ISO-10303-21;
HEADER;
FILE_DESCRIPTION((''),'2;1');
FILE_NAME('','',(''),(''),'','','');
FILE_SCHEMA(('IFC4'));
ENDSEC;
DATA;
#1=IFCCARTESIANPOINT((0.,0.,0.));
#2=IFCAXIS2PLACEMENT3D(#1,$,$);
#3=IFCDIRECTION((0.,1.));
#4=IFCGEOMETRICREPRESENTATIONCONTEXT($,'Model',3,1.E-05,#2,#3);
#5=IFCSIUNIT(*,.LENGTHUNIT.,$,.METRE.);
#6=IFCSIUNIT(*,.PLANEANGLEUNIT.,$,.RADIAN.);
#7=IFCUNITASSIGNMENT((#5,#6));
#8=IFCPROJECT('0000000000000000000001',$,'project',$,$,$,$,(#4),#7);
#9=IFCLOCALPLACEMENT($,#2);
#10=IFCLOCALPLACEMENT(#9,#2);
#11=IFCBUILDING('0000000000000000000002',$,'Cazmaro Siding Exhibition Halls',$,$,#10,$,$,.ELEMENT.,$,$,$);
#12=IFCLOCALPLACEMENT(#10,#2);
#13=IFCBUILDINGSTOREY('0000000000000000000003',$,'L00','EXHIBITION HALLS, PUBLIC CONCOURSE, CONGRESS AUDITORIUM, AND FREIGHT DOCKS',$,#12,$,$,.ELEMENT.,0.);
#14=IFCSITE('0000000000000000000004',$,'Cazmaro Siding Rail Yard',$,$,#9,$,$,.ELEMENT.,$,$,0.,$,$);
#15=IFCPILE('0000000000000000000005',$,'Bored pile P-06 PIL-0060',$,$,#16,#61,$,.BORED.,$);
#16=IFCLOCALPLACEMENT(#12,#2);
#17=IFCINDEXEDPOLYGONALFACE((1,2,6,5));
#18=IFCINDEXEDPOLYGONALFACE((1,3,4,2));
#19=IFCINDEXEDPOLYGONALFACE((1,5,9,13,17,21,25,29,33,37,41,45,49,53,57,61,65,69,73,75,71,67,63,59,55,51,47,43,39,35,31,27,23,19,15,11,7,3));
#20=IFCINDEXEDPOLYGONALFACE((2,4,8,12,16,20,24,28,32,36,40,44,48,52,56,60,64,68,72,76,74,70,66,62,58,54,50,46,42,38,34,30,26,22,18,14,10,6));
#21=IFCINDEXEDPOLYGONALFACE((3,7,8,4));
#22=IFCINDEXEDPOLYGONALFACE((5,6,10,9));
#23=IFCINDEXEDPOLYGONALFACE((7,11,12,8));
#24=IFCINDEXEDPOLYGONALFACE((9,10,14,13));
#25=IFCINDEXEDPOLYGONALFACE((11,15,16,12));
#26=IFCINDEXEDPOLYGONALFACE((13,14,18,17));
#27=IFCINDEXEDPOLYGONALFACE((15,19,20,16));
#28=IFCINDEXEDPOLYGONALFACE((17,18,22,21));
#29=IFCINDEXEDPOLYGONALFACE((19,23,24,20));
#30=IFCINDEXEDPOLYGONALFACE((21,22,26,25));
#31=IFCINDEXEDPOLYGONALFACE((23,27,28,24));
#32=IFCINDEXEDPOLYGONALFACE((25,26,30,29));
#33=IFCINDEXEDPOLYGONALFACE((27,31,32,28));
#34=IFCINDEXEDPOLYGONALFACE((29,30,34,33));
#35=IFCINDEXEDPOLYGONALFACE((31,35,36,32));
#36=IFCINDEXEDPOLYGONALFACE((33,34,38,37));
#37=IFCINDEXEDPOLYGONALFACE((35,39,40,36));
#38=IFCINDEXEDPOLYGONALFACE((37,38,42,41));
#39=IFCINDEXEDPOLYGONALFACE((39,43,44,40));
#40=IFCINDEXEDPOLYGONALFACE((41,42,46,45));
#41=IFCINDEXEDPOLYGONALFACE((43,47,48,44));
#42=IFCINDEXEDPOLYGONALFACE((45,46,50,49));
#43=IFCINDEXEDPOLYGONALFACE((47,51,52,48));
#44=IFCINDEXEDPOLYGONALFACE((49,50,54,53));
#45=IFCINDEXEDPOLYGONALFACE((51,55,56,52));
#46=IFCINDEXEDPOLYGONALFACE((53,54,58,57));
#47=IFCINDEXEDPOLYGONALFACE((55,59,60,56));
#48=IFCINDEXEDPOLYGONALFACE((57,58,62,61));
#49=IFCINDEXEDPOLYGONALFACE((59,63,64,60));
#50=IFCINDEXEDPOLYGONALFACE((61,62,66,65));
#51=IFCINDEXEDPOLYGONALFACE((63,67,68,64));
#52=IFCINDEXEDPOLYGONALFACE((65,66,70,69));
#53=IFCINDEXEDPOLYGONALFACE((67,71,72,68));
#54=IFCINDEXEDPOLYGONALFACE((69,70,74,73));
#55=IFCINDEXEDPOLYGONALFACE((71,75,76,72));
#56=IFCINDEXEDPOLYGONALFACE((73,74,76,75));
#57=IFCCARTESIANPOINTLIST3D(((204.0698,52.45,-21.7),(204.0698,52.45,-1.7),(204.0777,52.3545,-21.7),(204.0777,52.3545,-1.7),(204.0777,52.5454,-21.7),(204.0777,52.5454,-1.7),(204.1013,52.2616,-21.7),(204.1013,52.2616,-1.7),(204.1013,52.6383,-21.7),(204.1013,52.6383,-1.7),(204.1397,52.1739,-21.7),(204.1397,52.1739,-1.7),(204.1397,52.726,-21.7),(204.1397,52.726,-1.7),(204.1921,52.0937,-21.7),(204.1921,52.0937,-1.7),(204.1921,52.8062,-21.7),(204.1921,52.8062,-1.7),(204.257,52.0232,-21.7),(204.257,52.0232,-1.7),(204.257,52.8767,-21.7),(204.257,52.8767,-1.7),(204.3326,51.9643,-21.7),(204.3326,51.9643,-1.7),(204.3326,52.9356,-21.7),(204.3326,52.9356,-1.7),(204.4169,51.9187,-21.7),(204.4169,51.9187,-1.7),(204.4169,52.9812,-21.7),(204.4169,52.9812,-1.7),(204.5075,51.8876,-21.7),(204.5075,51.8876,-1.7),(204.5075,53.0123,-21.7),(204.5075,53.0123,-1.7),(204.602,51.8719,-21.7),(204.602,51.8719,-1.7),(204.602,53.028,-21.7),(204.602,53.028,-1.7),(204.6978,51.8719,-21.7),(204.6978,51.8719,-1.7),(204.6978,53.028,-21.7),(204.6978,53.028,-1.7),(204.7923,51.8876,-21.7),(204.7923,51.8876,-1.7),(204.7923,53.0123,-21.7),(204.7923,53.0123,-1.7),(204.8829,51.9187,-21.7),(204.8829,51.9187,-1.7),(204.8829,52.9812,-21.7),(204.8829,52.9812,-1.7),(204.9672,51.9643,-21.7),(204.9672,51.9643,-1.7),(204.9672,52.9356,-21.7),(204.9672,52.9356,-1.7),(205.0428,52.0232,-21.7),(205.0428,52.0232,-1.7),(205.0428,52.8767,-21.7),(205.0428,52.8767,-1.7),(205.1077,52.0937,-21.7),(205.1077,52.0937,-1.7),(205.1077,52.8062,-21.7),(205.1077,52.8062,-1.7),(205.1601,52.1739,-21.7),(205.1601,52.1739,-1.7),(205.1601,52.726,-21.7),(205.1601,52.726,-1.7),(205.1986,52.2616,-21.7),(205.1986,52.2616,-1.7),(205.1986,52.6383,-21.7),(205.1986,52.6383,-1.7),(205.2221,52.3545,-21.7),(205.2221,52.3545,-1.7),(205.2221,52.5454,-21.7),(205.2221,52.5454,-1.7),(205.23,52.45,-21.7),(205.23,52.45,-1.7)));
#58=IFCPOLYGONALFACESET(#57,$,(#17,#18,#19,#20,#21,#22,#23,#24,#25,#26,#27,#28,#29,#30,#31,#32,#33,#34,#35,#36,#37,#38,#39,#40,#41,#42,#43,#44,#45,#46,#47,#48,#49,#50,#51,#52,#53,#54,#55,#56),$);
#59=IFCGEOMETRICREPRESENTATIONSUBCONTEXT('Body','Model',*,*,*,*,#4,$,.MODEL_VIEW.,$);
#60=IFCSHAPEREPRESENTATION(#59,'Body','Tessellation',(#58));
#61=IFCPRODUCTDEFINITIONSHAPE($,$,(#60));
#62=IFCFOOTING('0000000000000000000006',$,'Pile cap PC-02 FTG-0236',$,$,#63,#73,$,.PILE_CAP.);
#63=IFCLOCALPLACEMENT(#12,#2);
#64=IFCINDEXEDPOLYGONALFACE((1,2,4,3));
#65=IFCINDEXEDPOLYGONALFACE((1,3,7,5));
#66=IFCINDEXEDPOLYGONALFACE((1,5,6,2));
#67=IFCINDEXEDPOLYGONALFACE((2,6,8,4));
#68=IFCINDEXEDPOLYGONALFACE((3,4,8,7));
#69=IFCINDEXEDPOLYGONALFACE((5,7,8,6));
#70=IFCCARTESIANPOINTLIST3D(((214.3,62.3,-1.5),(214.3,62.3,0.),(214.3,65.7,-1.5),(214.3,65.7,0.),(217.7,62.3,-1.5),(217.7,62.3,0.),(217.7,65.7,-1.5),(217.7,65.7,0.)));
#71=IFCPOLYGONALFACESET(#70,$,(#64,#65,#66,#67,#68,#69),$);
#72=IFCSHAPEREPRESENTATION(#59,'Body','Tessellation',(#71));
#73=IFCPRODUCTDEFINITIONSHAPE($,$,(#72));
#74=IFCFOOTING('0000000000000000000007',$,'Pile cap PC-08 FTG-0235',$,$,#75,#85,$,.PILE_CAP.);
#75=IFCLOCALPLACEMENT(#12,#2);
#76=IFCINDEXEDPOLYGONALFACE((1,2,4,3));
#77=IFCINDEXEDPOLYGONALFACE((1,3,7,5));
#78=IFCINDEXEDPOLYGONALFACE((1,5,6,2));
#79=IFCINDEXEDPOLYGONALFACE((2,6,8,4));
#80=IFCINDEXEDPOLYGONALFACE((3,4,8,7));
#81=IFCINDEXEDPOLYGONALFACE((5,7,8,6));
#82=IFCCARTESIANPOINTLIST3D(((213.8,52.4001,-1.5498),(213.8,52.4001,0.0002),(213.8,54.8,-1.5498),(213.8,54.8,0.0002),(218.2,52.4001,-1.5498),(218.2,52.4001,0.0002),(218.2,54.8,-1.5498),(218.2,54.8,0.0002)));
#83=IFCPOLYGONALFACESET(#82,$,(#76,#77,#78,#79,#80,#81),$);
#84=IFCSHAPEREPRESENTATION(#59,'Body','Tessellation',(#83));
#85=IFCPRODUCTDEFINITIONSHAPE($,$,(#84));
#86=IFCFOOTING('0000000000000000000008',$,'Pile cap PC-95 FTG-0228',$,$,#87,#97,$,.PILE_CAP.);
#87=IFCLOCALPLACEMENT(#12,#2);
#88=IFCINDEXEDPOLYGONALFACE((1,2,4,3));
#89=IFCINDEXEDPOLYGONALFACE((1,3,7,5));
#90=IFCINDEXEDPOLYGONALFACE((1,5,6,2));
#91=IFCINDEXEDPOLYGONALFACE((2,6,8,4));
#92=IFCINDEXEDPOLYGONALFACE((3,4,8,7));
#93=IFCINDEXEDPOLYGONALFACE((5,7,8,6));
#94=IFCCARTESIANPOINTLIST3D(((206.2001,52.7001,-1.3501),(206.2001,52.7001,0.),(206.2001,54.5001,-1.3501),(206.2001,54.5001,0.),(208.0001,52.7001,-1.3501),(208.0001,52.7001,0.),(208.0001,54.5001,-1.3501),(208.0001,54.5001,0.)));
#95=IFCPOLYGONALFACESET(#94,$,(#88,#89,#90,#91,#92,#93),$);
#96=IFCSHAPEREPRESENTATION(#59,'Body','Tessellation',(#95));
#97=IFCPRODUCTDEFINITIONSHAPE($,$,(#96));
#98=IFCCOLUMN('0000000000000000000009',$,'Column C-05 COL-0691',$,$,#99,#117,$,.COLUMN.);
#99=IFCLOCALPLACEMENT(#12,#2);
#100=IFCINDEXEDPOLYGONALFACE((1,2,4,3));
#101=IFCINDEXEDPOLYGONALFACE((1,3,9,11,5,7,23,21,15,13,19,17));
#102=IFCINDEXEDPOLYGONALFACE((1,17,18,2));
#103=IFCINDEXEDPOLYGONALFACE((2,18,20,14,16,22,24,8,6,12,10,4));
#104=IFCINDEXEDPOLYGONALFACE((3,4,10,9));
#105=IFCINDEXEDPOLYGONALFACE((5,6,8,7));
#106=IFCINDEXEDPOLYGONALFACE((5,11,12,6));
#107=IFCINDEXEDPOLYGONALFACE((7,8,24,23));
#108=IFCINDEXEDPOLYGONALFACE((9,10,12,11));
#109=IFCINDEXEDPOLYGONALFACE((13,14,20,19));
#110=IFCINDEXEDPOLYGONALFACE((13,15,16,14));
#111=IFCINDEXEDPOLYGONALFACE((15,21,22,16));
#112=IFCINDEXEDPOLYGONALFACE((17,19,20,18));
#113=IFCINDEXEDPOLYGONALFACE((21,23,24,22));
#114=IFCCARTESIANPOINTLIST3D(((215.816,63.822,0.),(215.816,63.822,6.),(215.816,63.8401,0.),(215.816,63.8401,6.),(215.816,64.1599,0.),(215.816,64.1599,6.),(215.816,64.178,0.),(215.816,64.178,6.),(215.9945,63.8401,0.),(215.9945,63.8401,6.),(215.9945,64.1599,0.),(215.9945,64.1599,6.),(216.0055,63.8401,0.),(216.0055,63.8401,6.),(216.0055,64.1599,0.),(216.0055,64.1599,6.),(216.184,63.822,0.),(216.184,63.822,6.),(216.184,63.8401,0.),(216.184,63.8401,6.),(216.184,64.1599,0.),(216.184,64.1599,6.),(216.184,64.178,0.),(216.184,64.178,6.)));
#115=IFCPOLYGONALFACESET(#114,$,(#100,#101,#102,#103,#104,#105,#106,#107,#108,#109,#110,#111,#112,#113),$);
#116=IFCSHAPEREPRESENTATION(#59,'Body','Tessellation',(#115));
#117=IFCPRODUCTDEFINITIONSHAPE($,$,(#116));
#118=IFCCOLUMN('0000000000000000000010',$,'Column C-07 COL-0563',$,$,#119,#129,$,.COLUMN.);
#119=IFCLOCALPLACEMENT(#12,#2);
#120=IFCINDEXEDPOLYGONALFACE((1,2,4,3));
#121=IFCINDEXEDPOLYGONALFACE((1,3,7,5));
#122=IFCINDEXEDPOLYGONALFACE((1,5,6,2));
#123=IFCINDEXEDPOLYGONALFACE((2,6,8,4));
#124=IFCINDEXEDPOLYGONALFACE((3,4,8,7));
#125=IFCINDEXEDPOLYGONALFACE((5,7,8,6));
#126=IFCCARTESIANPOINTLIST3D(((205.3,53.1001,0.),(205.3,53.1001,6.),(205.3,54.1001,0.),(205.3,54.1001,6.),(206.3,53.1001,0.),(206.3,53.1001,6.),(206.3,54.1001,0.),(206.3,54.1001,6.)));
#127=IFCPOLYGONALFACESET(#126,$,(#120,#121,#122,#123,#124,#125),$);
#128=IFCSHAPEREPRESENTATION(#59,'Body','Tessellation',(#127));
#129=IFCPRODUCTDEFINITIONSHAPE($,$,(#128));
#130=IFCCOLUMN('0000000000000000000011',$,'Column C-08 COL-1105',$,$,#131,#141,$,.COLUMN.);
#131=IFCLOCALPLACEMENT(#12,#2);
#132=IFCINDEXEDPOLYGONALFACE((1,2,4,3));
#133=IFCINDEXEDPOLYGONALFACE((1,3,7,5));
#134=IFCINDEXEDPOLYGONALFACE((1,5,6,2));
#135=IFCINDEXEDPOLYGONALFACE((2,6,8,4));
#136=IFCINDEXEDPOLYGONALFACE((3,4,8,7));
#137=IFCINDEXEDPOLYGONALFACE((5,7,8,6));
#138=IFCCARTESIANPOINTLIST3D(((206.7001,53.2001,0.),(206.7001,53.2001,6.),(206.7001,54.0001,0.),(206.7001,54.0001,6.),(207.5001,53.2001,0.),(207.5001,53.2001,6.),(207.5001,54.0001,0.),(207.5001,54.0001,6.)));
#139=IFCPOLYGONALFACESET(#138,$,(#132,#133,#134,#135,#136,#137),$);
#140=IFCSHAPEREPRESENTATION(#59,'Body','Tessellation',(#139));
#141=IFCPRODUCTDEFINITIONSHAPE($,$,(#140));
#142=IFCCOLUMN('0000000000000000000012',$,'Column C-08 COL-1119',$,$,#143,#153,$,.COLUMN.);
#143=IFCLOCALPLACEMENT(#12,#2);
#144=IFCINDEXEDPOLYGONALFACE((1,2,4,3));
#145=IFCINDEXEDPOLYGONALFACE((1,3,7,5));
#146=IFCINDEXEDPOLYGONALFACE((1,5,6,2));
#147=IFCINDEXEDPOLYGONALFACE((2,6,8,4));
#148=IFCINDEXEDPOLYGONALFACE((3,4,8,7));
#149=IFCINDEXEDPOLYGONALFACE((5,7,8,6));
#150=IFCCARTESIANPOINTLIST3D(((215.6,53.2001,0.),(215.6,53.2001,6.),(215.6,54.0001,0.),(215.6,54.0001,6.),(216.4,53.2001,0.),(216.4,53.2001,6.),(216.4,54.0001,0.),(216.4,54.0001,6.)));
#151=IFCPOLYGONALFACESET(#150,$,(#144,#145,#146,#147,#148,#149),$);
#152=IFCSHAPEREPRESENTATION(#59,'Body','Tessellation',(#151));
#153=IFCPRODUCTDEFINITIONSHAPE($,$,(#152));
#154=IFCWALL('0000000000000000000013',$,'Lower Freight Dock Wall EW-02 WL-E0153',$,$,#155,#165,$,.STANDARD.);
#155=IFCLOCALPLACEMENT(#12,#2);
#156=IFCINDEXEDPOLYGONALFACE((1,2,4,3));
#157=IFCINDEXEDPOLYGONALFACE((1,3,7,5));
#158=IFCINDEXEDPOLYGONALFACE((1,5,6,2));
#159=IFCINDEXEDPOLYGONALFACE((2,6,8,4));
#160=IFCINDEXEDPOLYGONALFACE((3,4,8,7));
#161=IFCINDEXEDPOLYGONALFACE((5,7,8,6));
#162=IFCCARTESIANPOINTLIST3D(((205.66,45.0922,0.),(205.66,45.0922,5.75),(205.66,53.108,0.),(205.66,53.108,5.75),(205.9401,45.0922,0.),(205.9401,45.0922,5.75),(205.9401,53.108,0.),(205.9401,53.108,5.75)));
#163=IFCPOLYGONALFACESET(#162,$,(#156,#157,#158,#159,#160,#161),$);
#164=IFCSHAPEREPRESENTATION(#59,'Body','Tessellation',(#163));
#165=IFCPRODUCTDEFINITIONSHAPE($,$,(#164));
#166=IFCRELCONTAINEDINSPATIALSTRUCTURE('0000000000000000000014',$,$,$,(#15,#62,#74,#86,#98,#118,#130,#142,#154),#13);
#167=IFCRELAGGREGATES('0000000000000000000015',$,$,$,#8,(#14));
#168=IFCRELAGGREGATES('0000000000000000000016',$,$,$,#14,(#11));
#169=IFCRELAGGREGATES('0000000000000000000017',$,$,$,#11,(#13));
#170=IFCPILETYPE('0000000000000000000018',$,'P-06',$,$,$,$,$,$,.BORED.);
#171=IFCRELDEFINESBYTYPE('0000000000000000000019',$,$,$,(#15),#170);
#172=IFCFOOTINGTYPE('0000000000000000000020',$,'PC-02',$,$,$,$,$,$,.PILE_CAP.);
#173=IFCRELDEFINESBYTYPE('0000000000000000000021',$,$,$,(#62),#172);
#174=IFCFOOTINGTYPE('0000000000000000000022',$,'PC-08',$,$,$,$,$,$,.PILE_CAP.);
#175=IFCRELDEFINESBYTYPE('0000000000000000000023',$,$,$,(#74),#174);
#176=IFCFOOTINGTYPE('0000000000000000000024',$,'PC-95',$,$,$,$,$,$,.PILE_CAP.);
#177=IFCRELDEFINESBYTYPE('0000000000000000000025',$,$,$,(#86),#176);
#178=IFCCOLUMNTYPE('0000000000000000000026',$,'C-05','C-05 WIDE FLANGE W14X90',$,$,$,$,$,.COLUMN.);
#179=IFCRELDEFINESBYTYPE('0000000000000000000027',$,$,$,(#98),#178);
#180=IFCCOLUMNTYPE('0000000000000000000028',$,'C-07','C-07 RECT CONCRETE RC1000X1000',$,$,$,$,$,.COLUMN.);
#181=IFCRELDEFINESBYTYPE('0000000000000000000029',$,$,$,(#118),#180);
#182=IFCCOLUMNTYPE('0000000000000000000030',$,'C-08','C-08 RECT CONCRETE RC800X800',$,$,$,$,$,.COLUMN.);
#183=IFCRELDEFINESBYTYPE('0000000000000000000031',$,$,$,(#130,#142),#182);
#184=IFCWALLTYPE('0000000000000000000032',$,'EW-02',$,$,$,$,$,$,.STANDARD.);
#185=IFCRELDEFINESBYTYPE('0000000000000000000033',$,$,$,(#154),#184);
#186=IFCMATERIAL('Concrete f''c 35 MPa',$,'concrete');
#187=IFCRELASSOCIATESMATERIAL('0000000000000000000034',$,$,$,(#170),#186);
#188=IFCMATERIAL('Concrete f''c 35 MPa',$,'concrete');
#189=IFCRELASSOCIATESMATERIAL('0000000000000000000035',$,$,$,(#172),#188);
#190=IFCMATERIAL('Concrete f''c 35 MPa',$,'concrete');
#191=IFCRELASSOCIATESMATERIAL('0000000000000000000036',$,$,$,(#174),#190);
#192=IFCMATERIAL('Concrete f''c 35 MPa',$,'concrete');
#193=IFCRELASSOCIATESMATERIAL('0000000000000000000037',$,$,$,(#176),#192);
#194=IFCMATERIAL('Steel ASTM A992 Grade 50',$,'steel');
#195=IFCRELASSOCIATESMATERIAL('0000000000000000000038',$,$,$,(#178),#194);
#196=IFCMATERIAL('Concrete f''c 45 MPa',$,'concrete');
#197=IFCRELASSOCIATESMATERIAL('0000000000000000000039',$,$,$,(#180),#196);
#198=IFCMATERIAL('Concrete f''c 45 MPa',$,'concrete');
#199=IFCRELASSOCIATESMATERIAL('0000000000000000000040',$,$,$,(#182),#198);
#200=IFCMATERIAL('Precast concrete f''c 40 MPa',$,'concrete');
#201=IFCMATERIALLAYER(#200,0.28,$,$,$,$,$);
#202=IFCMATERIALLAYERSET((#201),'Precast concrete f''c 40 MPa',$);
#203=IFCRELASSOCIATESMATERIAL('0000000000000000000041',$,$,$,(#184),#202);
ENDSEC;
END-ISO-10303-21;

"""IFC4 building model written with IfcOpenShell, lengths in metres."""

from ifc_helpers import new_model, si_unit, direction, frame, frame_2d, origin, origin_2d, place, context, subcontext, project, spatial, rectangle, circle, i_section, extrude, material, layer, layer_set, material_profile, profile_set, type_object, element, save


model = new_model("IFC4")

# Units and contexts
model_context = context("Model", 3, precision=1e-05, world=origin(), true_north=direction((0.0, 1.0)))
body_context = subcontext(model_context, "Body", "Model", "MODEL_VIEW")
ifc_project = project(units=[si_unit("LENGTHUNIT", "METRE"), si_unit("PLANEANGLEUNIT", "RADIAN")], contexts=[model_context])

# Site, building, storey
site_placement = place(None, origin())
site = spatial("IfcSite", under=ifc_project, at=site_placement, Name="Cazmaro Siding Rail Yard", CompositionType="ELEMENT", RefElevation=0.0)
building_placement = place(site_placement, origin())
building = spatial("IfcBuilding", under=site, at=building_placement, Name="Cazmaro Siding Exhibition Halls", CompositionType="ELEMENT")
storey_placement = place(building_placement, origin())
storey = spatial("IfcBuildingStorey", under=building, at=storey_placement, Name="L00", Description="EXHIBITION HALLS, PUBLIC CONCOURSE, CONGRESS AUDITORIUM, AND FREIGHT DOCKS", CompositionType="ELEMENT", Elevation=0.0)

# Pile
ifc_material_1 = material(Name="Concrete f'c 35 MPa", Category="concrete")
ifc_material_profile_1 = material_profile(ifc_material_1, circle(Radius=0.5801, at=origin_2d()), Name="CIDH-1160")
ifc_profile_set_1 = profile_set([ifc_material_profile_1], Name="Concrete f'c 35 MPa")
pile_type_1 = type_object("IfcPileType", Name="P-06", PredefinedType="BORED", material=ifc_profile_set_1)
for number, where, z_axis, x_axis, name in (
    (1, (204.6499, 52.45, -1.7), (0.0, 0.0, -1.0), (1.0, 0.0, 0.0), "Bored pile P-06 PIL-0060"),
):
    element("IfcPile", number, at=place(storey_placement, frame(where, z_axis=z_axis, x_axis=x_axis)), inside=storey, type_object=pile_type_1, Name=name, PredefinedType="BORED", context=body_context, shape_type="SweptSolid", body=[
        extrude(circle(Radius=0.5801, at=origin_2d()), origin(), (0.0, 0.0, 1.0), 20.0),
    ])

# Footings
ifc_material_2 = material(Name="Concrete f'c 35 MPa", Category="concrete")
footing_type_1 = type_object("IfcFootingType", Name="PC-02", PredefinedType="PILE_CAP", material=ifc_material_2)
footing_1_placement = place(storey_placement, frame((216.0, 64.0, -1.5), z_axis=(0.0, 0.0, 1.0), x_axis=(1.0, 0.0, 0.0)))
element("IfcFooting", 2, at=footing_1_placement, inside=storey, type_object=footing_type_1, Name="Pile cap PC-02 FTG-0236", PredefinedType="PILE_CAP", context=body_context, shape_type="SweptSolid", body=[
    extrude(rectangle(XDim=3.3999, YDim=3.3999, at=origin_2d()), origin(), (0.0, 0.0, 1.0), 1.5),
])
ifc_material_3 = material(Name="Concrete f'c 35 MPa", Category="concrete")
footing_type_2 = type_object("IfcFootingType", Name="PC-08", PredefinedType="PILE_CAP", material=ifc_material_3)
footing_2_placement = place(storey_placement, frame((216.0, 53.6001, -1.5498), z_axis=(0.0, 0.0, 1.0), x_axis=(1.0, 0.0, 0.0)))
element("IfcFooting", 3, at=footing_2_placement, inside=storey, type_object=footing_type_2, Name="Pile cap PC-08 FTG-0235", PredefinedType="PILE_CAP", context=body_context, shape_type="SweptSolid", body=[
    extrude(rectangle(XDim=4.3999, YDim=2.3999, at=origin_2d()), origin(), (0.0, 0.0, 1.0), 1.55),
])
ifc_material_4 = material(Name="Concrete f'c 35 MPa", Category="concrete")
footing_type_3 = type_object("IfcFootingType", Name="PC-95", PredefinedType="PILE_CAP", material=ifc_material_4)
footing_3_placement = place(storey_placement, frame((207.1001, 53.6001, -1.3501), z_axis=(0.0, 0.0, 1.0), x_axis=(1.0, 0.0, 0.0)))
element("IfcFooting", 4, at=footing_3_placement, inside=storey, type_object=footing_type_3, Name="Pile cap PC-95 FTG-0228", PredefinedType="PILE_CAP", context=body_context, shape_type="SweptSolid", body=[
    extrude(rectangle(XDim=1.8, YDim=1.8, at=origin_2d()), origin(), (0.0, 0.0, 1.0), 1.3501),
])

# Columns
ifc_material_5 = material(Name="Steel ASTM A992 Grade 50", Category="steel")
ifc_material_profile_2 = material_profile(ifc_material_5, i_section(OverallWidth=0.3679, OverallDepth=0.356, WebThickness=0.011, FlangeThickness=0.0181, at=origin_2d()), Name="W14X90")
ifc_profile_set_2 = profile_set([ifc_material_profile_2], Name="Steel ASTM A992 Grade 50")
column_type_1 = type_object("IfcColumnType", Name="C-05", Description="C-05 WIDE FLANGE W14X90", PredefinedType="COLUMN", material=ifc_profile_set_2)
column_1_placement = place(storey_placement, frame((216.0, 64.0, 0.0), z_axis=(0.0, 0.0, 1.0), x_axis=(1.0, 0.0, 0.0)))
element("IfcColumn", 5, at=column_1_placement, inside=storey, type_object=column_type_1, Name="Column C-05 COL-0691", PredefinedType="COLUMN", context=body_context, shape_type="SweptSolid", body=[
    extrude(i_section(OverallWidth=0.3679, OverallDepth=0.356, WebThickness=0.011, FlangeThickness=0.0181, at=origin_2d()), origin(), (0.0, 0.0, 1.0), 6.0),
])
ifc_material_6 = material(Name="Concrete f'c 45 MPa", Category="concrete")
ifc_material_profile_3 = material_profile(ifc_material_6, rectangle(XDim=1.0, YDim=1.0, at=origin_2d()), Name="RC1000X1000")
ifc_profile_set_3 = profile_set([ifc_material_profile_3], Name="Concrete f'c 45 MPa")
column_type_2 = type_object("IfcColumnType", Name="C-07", Description="C-07 RECT CONCRETE RC1000X1000", PredefinedType="COLUMN", material=ifc_profile_set_3)
column_2_placement = place(storey_placement, frame((205.8, 53.6001, 0.0), z_axis=(0.0, 0.0, 1.0), x_axis=(1.0, 0.0, 0.0)))
element("IfcColumn", 6, at=column_2_placement, inside=storey, type_object=column_type_2, Name="Column C-07 COL-0563", PredefinedType="COLUMN", context=body_context, shape_type="SweptSolid", body=[
    extrude(rectangle(XDim=1.0, YDim=1.0, at=origin_2d()), origin(), (0.0, 0.0, 1.0), 6.0),
])
ifc_material_7 = material(Name="Concrete f'c 45 MPa", Category="concrete")
ifc_material_profile_4 = material_profile(ifc_material_7, rectangle(XDim=0.8, YDim=0.8, at=origin_2d()), Name="RC800X800")
ifc_profile_set_4 = profile_set([ifc_material_profile_4], Name="Concrete f'c 45 MPa")
column_type_3 = type_object("IfcColumnType", Name="C-08", Description="C-08 RECT CONCRETE RC800X800", PredefinedType="COLUMN", material=ifc_profile_set_4)
for number, where, z_axis, x_axis, name in (
    (7, (207.1001, 53.6001, 0.0), (0.0, 0.0, 1.0), (1.0, 0.0, 0.0), "Column C-08 COL-1105"),
    (8, (216.0, 53.6001, 0.0), (0.0, 0.0, 1.0), (1.0, 0.0, 0.0), "Column C-08 COL-1119"),
):
    element("IfcColumn", number, at=place(storey_placement, frame(where, z_axis=z_axis, x_axis=x_axis)), inside=storey, type_object=column_type_3, Name=name, PredefinedType="COLUMN", context=body_context, shape_type="SweptSolid", body=[
        extrude(rectangle(XDim=0.8, YDim=0.8, at=origin_2d()), origin(), (0.0, 0.0, 1.0), 6.0),
    ])

# Wall
ifc_material_8 = material(Name="Precast concrete f'c 40 MPa", Category="concrete")
ifc_layer_1 = layer(ifc_material_8, 0.28)
ifc_layer_set_1 = layer_set([ifc_layer_1], Name="Precast concrete f'c 40 MPa")
wall_type_1 = type_object("IfcWallType", Name="EW-02", PredefinedType="STANDARD", material=ifc_layer_set_1)
wall_1_placement = place(storey_placement, frame((205.8, 53.1079, 0.0), z_axis=(0.0, 0.0, 1.0), x_axis=(0.0, -1.0, 0.0)))
element("IfcWall", 9, at=wall_1_placement, inside=storey, type_object=wall_type_1, Name="Lower Freight Dock Wall EW-02 WL-E0153", PredefinedType="STANDARD", context=body_context, shape_type="SweptSolid", body=[
    extrude(rectangle(XDim=8.0159, YDim=0.28, at=frame_2d((4.0078, 0.0))), origin(), (0.0, 0.0, 1.0), 5.75),
])

save(model, "model.ifc")
